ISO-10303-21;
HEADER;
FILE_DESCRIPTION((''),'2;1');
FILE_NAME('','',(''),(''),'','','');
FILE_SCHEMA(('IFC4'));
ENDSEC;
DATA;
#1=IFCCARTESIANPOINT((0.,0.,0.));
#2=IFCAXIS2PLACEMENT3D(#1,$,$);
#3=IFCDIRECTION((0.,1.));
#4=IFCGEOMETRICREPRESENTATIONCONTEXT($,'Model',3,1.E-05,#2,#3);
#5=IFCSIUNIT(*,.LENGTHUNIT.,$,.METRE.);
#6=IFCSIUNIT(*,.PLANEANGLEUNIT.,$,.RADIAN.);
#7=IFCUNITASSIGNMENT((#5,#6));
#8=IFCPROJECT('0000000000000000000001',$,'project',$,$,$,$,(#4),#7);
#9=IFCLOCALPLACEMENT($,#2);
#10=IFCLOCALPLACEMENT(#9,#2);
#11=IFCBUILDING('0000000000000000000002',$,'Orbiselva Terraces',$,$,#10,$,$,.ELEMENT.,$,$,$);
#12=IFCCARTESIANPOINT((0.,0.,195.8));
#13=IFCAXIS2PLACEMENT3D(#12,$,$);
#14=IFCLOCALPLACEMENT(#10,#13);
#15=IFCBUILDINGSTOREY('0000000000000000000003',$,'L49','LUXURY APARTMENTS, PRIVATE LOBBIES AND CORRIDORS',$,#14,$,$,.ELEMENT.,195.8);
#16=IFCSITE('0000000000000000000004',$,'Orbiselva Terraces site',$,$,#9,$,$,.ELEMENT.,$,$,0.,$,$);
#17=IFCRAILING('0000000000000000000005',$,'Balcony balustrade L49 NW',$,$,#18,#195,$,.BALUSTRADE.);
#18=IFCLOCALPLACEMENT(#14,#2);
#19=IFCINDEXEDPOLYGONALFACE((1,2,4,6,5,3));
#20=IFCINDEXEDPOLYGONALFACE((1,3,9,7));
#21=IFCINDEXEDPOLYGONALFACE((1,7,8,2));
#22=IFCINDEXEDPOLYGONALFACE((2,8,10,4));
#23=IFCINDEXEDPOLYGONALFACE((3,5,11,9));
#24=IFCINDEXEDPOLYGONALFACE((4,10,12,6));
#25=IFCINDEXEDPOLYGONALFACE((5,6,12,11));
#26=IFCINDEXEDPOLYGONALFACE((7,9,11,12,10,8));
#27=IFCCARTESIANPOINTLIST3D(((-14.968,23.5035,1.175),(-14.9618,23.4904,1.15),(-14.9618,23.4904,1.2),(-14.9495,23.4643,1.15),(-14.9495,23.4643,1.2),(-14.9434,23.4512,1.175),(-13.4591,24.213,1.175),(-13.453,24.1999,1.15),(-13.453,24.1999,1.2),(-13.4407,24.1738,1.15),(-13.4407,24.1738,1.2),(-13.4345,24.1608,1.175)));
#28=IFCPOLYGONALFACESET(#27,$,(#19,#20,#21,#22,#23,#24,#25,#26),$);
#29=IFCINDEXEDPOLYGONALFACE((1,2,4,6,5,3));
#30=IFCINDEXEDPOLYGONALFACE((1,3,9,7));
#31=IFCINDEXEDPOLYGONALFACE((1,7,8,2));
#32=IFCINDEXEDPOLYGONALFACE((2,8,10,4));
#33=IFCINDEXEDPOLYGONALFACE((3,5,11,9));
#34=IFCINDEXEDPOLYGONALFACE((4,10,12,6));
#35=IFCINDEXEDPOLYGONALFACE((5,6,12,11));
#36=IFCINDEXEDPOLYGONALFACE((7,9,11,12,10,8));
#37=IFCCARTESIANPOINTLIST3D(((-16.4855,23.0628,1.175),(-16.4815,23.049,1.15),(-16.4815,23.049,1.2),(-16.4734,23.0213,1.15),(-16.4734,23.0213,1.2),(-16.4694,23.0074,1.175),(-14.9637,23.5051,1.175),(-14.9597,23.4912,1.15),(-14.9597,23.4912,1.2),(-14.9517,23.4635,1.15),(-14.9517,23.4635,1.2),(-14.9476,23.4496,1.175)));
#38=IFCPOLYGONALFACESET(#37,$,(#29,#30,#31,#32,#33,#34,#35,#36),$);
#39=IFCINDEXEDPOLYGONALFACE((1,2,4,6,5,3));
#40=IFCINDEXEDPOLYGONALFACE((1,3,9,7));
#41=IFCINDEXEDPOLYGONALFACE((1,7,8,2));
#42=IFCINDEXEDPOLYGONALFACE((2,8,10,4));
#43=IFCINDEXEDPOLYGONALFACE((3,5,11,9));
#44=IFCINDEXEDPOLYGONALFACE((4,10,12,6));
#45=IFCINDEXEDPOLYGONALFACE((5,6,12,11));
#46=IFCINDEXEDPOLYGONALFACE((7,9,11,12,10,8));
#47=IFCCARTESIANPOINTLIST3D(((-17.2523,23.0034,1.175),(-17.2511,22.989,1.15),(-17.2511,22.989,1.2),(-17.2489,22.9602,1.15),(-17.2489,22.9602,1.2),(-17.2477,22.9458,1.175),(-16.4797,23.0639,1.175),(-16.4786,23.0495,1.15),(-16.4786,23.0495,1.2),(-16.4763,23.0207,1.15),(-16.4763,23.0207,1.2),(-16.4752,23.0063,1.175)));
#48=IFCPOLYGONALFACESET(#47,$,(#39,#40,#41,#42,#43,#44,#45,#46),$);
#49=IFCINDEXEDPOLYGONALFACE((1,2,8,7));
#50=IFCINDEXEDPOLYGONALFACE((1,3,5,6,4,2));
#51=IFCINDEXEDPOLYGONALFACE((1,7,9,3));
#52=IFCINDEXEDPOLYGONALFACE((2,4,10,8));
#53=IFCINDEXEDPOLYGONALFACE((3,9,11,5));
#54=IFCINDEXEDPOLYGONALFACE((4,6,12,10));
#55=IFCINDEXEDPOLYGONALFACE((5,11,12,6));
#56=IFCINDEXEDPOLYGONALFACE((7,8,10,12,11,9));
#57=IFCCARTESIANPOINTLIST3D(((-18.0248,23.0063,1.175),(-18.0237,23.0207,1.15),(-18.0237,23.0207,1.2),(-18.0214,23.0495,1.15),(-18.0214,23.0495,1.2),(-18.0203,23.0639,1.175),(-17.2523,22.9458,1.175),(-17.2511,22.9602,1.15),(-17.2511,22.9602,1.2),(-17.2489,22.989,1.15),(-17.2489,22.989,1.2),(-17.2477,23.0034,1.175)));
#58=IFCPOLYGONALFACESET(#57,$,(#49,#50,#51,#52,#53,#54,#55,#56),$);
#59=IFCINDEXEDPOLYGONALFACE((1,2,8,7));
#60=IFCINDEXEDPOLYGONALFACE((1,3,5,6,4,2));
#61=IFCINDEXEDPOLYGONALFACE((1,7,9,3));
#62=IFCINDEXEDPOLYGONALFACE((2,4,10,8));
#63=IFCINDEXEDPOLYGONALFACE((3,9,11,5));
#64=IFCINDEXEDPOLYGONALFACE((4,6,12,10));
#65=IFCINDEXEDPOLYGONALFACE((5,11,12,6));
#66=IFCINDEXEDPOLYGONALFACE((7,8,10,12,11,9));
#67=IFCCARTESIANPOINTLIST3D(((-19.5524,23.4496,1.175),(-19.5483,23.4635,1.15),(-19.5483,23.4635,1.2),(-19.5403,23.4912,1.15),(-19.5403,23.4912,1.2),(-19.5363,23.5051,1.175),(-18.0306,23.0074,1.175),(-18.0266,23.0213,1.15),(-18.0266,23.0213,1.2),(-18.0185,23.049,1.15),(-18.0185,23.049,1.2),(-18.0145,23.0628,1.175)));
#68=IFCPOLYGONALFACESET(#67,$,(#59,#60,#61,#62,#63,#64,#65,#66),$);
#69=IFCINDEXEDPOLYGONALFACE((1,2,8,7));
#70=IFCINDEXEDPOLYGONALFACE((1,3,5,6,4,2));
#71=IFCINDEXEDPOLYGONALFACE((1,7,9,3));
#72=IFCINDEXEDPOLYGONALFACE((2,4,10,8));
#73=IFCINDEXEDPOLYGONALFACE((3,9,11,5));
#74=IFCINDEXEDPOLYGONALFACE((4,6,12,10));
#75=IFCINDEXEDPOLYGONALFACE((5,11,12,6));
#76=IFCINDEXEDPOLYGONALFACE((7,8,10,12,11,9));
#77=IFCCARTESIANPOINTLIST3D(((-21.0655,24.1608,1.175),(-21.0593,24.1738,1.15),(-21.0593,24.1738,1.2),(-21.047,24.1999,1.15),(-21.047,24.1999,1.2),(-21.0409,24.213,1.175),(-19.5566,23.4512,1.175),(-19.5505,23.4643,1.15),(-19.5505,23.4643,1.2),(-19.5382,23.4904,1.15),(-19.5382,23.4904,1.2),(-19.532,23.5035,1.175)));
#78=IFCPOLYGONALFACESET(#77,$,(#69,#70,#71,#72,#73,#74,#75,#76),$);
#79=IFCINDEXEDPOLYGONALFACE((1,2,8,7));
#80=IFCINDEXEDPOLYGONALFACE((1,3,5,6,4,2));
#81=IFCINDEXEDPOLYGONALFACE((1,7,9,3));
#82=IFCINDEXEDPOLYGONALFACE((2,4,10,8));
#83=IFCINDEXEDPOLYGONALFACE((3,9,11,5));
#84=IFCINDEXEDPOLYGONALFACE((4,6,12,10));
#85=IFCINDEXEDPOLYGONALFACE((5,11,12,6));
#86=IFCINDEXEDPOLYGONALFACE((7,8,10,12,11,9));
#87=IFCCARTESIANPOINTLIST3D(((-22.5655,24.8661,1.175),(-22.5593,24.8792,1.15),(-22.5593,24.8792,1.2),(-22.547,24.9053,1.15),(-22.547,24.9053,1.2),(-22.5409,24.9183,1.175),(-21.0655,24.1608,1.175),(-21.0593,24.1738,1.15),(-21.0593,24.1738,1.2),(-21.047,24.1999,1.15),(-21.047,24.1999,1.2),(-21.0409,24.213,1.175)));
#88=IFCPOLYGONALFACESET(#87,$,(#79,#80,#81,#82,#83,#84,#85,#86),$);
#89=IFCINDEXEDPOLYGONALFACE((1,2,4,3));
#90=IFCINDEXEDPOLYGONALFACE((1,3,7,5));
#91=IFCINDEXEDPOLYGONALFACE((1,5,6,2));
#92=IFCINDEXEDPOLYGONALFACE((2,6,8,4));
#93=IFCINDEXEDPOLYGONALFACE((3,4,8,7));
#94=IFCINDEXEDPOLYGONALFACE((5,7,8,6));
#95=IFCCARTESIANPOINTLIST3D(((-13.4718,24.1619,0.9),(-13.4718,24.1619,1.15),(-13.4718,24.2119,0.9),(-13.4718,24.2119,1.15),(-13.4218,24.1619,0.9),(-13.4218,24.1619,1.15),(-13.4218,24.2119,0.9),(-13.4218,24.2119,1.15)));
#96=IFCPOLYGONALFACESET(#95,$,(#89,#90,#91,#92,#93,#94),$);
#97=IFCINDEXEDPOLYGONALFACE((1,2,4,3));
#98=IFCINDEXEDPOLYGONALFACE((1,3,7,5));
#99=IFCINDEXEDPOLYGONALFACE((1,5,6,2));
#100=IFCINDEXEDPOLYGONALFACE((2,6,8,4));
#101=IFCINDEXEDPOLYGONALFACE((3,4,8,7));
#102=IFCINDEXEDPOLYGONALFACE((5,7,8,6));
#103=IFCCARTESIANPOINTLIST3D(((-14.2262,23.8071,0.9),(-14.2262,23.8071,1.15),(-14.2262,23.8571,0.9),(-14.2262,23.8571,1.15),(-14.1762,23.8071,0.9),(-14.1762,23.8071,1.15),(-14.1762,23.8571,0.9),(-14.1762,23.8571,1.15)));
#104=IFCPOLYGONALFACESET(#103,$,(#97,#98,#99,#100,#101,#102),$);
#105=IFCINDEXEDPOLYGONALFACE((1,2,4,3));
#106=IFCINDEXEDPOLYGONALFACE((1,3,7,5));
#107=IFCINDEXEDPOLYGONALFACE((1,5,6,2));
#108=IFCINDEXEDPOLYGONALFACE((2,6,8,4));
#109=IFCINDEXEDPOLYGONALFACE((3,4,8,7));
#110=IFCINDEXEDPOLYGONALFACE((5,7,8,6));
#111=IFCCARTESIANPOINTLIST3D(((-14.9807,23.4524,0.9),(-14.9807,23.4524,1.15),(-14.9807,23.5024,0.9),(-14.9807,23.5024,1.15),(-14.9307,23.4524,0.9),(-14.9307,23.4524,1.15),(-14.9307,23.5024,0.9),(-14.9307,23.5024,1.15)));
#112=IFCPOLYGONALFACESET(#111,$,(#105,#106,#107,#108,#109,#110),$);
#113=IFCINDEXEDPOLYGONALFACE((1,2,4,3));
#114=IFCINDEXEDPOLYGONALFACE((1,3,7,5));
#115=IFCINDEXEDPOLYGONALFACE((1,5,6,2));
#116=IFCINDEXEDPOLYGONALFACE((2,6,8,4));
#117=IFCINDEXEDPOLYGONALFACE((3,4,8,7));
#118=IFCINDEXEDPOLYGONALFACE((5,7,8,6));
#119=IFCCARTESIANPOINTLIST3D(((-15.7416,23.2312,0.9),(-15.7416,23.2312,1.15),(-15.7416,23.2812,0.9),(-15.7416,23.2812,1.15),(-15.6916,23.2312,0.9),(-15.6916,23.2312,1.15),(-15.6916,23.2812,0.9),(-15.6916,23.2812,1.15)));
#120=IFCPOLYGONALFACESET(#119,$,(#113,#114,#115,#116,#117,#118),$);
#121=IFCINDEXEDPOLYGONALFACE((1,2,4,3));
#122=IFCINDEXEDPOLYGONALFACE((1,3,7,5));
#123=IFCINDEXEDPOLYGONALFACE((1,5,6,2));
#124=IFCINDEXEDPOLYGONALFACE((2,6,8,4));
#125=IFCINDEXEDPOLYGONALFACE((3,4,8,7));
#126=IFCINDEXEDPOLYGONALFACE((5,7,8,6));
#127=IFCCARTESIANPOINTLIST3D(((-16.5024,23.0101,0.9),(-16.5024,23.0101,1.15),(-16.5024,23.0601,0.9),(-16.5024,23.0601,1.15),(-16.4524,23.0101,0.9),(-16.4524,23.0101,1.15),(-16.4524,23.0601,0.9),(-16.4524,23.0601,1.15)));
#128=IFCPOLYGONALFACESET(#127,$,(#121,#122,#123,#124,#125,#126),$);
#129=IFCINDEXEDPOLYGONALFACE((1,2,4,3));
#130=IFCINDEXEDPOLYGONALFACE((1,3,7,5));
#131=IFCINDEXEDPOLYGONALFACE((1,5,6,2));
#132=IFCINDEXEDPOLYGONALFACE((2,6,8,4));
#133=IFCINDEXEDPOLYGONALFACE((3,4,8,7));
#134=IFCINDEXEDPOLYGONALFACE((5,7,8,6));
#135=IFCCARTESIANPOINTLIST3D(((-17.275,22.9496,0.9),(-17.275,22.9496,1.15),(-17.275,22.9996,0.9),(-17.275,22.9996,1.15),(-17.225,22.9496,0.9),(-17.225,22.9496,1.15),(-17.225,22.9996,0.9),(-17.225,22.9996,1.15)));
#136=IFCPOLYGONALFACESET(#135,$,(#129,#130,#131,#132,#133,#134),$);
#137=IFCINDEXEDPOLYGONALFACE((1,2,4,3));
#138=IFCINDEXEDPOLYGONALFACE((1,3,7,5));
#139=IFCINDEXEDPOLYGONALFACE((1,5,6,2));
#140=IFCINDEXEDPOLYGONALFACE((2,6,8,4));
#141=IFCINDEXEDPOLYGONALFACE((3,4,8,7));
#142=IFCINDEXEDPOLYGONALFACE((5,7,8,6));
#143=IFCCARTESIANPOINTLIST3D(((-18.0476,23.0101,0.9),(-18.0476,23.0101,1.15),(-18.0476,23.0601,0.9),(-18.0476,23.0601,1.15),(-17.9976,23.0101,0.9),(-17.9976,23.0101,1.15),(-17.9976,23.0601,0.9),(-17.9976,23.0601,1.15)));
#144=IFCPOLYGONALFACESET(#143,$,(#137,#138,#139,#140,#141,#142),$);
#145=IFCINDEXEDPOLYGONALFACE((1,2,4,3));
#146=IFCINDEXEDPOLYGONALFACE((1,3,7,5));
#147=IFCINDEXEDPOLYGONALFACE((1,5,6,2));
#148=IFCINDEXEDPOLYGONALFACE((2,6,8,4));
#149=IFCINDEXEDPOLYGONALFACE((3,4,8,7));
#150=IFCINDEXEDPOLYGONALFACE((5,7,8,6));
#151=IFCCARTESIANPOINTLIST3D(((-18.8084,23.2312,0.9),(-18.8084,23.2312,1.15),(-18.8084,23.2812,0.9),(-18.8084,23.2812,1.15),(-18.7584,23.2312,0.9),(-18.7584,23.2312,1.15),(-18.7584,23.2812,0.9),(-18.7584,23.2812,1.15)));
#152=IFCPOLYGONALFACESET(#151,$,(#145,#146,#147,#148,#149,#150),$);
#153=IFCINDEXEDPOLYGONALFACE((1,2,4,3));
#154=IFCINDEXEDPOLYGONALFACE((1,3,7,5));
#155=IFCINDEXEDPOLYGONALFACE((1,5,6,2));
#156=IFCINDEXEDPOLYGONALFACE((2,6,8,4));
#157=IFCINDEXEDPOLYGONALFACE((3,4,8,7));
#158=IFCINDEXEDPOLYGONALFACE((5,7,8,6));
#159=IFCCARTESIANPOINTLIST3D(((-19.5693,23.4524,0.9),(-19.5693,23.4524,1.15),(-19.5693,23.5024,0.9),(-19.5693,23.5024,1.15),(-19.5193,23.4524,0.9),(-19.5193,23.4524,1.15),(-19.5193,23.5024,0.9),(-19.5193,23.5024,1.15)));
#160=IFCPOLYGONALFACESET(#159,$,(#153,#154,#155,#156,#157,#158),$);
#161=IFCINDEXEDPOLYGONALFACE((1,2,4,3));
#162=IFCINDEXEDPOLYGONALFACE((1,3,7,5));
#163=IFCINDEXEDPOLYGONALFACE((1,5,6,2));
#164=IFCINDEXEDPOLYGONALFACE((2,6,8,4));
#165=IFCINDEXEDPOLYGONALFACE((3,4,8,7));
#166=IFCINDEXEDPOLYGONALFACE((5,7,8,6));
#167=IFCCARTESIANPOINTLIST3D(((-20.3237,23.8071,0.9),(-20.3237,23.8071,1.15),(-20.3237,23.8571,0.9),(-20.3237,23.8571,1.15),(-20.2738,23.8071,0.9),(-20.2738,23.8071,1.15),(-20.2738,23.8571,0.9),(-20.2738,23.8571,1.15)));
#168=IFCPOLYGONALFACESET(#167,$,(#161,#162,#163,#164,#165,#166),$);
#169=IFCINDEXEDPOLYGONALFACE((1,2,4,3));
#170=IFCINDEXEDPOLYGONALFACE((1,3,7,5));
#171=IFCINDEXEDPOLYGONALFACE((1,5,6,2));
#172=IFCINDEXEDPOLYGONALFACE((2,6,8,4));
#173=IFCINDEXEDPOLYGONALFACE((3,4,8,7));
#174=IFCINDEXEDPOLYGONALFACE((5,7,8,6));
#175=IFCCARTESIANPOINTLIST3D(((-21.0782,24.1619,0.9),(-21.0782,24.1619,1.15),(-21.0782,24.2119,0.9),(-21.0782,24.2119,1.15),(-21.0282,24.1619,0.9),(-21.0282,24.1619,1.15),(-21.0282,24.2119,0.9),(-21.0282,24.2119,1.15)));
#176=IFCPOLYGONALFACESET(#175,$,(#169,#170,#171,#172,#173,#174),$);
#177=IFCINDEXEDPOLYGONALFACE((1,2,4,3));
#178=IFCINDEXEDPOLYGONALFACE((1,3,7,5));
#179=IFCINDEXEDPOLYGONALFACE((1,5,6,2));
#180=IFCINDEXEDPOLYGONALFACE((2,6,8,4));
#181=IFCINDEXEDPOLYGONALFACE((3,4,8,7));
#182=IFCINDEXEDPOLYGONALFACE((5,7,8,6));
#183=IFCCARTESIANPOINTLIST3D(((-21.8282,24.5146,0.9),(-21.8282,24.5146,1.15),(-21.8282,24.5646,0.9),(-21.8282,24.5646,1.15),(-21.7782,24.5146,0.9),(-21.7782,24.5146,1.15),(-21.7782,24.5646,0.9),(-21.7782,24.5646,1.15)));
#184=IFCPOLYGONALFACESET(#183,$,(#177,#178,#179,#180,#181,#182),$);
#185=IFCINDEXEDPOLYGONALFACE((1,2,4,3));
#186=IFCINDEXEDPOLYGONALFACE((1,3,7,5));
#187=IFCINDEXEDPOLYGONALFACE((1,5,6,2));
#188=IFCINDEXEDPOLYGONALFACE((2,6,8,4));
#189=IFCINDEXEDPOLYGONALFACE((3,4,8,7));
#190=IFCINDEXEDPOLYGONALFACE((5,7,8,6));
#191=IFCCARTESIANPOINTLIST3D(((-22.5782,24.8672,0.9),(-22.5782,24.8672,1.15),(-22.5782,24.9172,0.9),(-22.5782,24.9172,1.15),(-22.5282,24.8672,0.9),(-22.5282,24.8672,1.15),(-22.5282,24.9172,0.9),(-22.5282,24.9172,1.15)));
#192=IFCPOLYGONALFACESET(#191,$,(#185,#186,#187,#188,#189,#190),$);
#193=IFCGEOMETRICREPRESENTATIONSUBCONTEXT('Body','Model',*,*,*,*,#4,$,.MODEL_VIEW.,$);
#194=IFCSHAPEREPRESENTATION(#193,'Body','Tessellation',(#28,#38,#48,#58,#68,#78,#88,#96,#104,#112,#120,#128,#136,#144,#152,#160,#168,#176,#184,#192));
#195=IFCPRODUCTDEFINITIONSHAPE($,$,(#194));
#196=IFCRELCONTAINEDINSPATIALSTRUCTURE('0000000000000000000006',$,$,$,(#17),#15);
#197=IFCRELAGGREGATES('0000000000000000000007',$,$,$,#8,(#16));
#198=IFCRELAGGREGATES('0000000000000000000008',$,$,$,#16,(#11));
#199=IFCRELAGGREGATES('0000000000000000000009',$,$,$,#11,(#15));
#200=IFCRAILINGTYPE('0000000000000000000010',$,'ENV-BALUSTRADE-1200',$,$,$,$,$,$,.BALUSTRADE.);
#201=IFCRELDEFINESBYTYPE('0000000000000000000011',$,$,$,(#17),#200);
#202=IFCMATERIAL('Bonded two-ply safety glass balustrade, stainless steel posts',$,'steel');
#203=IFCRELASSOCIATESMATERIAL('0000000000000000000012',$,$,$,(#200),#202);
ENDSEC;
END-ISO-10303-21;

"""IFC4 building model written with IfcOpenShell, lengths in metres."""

from ifc_helpers import new_model, si_unit, direction, frame, origin, origin_2d, place, context, subcontext, project, spatial, polyline, rectangle, outline, extrude, material, type_object, element, save


model = new_model("IFC4")

# Units and contexts
model_context = context("Model", 3, precision=1e-05, world=origin(), true_north=direction((0.0, 1.0)))
body_context = subcontext(model_context, "Body", "Model", "MODEL_VIEW")
ifc_project = project(units=[si_unit("LENGTHUNIT", "METRE"), si_unit("PLANEANGLEUNIT", "RADIAN")], contexts=[model_context])

# Site, building, storey
site_placement = place(None, origin())
site = spatial("IfcSite", under=ifc_project, at=site_placement, Name="Orbiselva Terraces site", CompositionType="ELEMENT", RefElevation=0.0)
building_placement = place(site_placement, origin())
building = spatial("IfcBuilding", under=site, at=building_placement, Name="Orbiselva Terraces", CompositionType="ELEMENT")
storey_placement = place(building_placement, frame((0.0, 0.0, 195.8)))
storey = spatial("IfcBuildingStorey", under=building, at=storey_placement, Name="L49", Description="LUXURY APARTMENTS, PRIVATE LOBBIES AND CORRIDORS", CompositionType="ELEMENT", Elevation=195.8)

# Railing
ifc_material_1 = material(Name="Bonded two-ply safety glass balustrade, stainless steel posts", Category="steel")
railing_type_1 = type_object("IfcRailingType", Name="ENV-BALUSTRADE-1200", PredefinedType="BALUSTRADE", material=ifc_material_1)
railing_1_placement = place(storey_placement, frame((-13.4468, 24.1869, 0.9)))
element("IfcRailing", 1, at=railing_1_placement, inside=storey, type_object=railing_type_1, Name="Balcony balustrade L49 NW", PredefinedType="BALUSTRADE", context=body_context, shape_type="SweptSolid", body=[
    extrude(outline(polyline([(0.0289, 0.0), (0.0144, 0.025), (-0.0144, 0.025), (-0.0289, 0.0), (-0.0144, -0.025), (0.0144, -0.025), (0.0289, 0.0)])), frame((0.0, 0.0, 0.275), z_axis=(-0.904944, -0.42553, 0.0), x_axis=(0.42553, -0.904944, 0.0)), (0.0, 0.0, 1.0), 1.6674),
    extrude(outline(polyline([(0.0289, 0.0), (0.0144, 0.025), (-0.0144, 0.025), (-0.0289, 0.0), (-0.0144, -0.025), (0.0144, -0.025), (0.0289, 0.0)])), frame((-1.5089, -0.7095, 0.275), z_axis=(-0.96027, -0.279071, 0.0), x_axis=(0.279071, -0.96027, 0.0)), (0.0, 0.0, 1.0), 1.5847),
    extrude(outline(polyline([(0.0289, 0.0), (0.0144, 0.025), (-0.0144, 0.025), (-0.0289, 0.0), (-0.0144, -0.025), (0.0144, -0.025), (0.0289, 0.0)])), frame((-3.0306, -1.1518, 0.275), z_axis=(-0.996948, -0.078071, 0.0), x_axis=(0.078071, -0.996948, 0.0)), (0.0, 0.0, 1.0), 0.7749),
    extrude(outline(polyline([(0.0289, 0.0), (0.0144, 0.025), (-0.0144, 0.025), (-0.0289, 0.0), (-0.0144, -0.025), (0.0144, -0.025), (0.0289, 0.0)])), frame((-3.8032, -1.2123, 0.275), z_axis=(-0.996948, 0.078071, 0.0), x_axis=(-0.078071, -0.996948, 0.0)), (0.0, 0.0, 1.0), 0.7749),
    extrude(outline(polyline([(0.0289, 0.0), (0.0144, 0.025), (-0.0144, 0.025), (-0.0289, 0.0), (-0.0144, -0.025), (0.0144, -0.025), (0.0289, 0.0)])), frame((-4.5757, -1.1518, 0.275), z_axis=(-0.96027, 0.279071, 0.0), x_axis=(-0.279071, -0.96027, 0.0)), (0.0, 0.0, 1.0), 1.5847),
    extrude(outline(polyline([(0.0289, 0.0), (0.0144, 0.025), (-0.0144, 0.025), (-0.0289, 0.0), (-0.0144, -0.025), (0.0144, -0.025), (0.0289, 0.0)])), frame((-6.0975, -0.7095, 0.275), z_axis=(-0.904944, 0.42553, 0.0), x_axis=(-0.42553, -0.904944, 0.0)), (0.0, 0.0, 1.0), 1.6674),
    extrude(outline(polyline([(0.0289, 0.0), (0.0144, 0.025), (-0.0144, 0.025), (-0.0289, 0.0), (-0.0144, -0.025), (0.0144, -0.025), (0.0289, 0.0)])), frame((-7.6064, 0.0, 0.275), z_axis=(-0.904944, 0.42553, 0.0), x_axis=(-0.42553, -0.904944, 0.0)), (0.0, 0.0, 1.0), 1.6576),
    extrude(rectangle(XDim=0.05, YDim=0.05, at=origin_2d()), origin(), (0.0, 0.0, 1.0), 0.25),
    extrude(rectangle(XDim=0.05, YDim=0.05, at=origin_2d()), frame((-0.7544, -0.3548, 0.0)), (0.0, 0.0, 1.0), 0.25),
    extrude(rectangle(XDim=0.05, YDim=0.05, at=origin_2d()), frame((-1.5089, -0.7095, 0.0)), (0.0, 0.0, 1.0), 0.25),
    extrude(rectangle(XDim=0.05, YDim=0.05, at=origin_2d()), frame((-2.2698, -0.9306, 0.0)), (0.0, 0.0, 1.0), 0.25),
    extrude(rectangle(XDim=0.05, YDim=0.05, at=origin_2d()), frame((-3.0306, -1.1518, 0.0)), (0.0, 0.0, 1.0), 0.25),
    extrude(rectangle(XDim=0.05, YDim=0.05, at=origin_2d()), frame((-3.8032, -1.2123, 0.0)), (0.0, 0.0, 1.0), 0.25),
    extrude(rectangle(XDim=0.05, YDim=0.05, at=origin_2d()), frame((-4.5757, -1.1518, 0.0)), (0.0, 0.0, 1.0), 0.25),
    extrude(rectangle(XDim=0.05, YDim=0.05, at=origin_2d()), frame((-5.3366, -0.9306, 0.0)), (0.0, 0.0, 1.0), 0.25),
    extrude(rectangle(XDim=0.05, YDim=0.05, at=origin_2d()), frame((-6.0975, -0.7095, 0.0)), (0.0, 0.0, 1.0), 0.25),
    extrude(rectangle(XDim=0.05, YDim=0.05, at=origin_2d()), frame((-6.8519, -0.3548, 0.0)), (0.0, 0.0, 1.0), 0.25),
    extrude(rectangle(XDim=0.05, YDim=0.05, at=origin_2d()), frame((-7.6064, 0.0, 0.0)), (0.0, 0.0, 1.0), 0.25),
    extrude(rectangle(XDim=0.05, YDim=0.05, at=origin_2d()), frame((-8.3564, 0.3527, 0.0)), (0.0, 0.0, 1.0), 0.25),
    extrude(rectangle(XDim=0.05, YDim=0.05, at=origin_2d()), frame((-9.1064, 0.7053, 0.0)), (0.0, 0.0, 1.0), 0.25),
])

save(model, "model.ifc")
